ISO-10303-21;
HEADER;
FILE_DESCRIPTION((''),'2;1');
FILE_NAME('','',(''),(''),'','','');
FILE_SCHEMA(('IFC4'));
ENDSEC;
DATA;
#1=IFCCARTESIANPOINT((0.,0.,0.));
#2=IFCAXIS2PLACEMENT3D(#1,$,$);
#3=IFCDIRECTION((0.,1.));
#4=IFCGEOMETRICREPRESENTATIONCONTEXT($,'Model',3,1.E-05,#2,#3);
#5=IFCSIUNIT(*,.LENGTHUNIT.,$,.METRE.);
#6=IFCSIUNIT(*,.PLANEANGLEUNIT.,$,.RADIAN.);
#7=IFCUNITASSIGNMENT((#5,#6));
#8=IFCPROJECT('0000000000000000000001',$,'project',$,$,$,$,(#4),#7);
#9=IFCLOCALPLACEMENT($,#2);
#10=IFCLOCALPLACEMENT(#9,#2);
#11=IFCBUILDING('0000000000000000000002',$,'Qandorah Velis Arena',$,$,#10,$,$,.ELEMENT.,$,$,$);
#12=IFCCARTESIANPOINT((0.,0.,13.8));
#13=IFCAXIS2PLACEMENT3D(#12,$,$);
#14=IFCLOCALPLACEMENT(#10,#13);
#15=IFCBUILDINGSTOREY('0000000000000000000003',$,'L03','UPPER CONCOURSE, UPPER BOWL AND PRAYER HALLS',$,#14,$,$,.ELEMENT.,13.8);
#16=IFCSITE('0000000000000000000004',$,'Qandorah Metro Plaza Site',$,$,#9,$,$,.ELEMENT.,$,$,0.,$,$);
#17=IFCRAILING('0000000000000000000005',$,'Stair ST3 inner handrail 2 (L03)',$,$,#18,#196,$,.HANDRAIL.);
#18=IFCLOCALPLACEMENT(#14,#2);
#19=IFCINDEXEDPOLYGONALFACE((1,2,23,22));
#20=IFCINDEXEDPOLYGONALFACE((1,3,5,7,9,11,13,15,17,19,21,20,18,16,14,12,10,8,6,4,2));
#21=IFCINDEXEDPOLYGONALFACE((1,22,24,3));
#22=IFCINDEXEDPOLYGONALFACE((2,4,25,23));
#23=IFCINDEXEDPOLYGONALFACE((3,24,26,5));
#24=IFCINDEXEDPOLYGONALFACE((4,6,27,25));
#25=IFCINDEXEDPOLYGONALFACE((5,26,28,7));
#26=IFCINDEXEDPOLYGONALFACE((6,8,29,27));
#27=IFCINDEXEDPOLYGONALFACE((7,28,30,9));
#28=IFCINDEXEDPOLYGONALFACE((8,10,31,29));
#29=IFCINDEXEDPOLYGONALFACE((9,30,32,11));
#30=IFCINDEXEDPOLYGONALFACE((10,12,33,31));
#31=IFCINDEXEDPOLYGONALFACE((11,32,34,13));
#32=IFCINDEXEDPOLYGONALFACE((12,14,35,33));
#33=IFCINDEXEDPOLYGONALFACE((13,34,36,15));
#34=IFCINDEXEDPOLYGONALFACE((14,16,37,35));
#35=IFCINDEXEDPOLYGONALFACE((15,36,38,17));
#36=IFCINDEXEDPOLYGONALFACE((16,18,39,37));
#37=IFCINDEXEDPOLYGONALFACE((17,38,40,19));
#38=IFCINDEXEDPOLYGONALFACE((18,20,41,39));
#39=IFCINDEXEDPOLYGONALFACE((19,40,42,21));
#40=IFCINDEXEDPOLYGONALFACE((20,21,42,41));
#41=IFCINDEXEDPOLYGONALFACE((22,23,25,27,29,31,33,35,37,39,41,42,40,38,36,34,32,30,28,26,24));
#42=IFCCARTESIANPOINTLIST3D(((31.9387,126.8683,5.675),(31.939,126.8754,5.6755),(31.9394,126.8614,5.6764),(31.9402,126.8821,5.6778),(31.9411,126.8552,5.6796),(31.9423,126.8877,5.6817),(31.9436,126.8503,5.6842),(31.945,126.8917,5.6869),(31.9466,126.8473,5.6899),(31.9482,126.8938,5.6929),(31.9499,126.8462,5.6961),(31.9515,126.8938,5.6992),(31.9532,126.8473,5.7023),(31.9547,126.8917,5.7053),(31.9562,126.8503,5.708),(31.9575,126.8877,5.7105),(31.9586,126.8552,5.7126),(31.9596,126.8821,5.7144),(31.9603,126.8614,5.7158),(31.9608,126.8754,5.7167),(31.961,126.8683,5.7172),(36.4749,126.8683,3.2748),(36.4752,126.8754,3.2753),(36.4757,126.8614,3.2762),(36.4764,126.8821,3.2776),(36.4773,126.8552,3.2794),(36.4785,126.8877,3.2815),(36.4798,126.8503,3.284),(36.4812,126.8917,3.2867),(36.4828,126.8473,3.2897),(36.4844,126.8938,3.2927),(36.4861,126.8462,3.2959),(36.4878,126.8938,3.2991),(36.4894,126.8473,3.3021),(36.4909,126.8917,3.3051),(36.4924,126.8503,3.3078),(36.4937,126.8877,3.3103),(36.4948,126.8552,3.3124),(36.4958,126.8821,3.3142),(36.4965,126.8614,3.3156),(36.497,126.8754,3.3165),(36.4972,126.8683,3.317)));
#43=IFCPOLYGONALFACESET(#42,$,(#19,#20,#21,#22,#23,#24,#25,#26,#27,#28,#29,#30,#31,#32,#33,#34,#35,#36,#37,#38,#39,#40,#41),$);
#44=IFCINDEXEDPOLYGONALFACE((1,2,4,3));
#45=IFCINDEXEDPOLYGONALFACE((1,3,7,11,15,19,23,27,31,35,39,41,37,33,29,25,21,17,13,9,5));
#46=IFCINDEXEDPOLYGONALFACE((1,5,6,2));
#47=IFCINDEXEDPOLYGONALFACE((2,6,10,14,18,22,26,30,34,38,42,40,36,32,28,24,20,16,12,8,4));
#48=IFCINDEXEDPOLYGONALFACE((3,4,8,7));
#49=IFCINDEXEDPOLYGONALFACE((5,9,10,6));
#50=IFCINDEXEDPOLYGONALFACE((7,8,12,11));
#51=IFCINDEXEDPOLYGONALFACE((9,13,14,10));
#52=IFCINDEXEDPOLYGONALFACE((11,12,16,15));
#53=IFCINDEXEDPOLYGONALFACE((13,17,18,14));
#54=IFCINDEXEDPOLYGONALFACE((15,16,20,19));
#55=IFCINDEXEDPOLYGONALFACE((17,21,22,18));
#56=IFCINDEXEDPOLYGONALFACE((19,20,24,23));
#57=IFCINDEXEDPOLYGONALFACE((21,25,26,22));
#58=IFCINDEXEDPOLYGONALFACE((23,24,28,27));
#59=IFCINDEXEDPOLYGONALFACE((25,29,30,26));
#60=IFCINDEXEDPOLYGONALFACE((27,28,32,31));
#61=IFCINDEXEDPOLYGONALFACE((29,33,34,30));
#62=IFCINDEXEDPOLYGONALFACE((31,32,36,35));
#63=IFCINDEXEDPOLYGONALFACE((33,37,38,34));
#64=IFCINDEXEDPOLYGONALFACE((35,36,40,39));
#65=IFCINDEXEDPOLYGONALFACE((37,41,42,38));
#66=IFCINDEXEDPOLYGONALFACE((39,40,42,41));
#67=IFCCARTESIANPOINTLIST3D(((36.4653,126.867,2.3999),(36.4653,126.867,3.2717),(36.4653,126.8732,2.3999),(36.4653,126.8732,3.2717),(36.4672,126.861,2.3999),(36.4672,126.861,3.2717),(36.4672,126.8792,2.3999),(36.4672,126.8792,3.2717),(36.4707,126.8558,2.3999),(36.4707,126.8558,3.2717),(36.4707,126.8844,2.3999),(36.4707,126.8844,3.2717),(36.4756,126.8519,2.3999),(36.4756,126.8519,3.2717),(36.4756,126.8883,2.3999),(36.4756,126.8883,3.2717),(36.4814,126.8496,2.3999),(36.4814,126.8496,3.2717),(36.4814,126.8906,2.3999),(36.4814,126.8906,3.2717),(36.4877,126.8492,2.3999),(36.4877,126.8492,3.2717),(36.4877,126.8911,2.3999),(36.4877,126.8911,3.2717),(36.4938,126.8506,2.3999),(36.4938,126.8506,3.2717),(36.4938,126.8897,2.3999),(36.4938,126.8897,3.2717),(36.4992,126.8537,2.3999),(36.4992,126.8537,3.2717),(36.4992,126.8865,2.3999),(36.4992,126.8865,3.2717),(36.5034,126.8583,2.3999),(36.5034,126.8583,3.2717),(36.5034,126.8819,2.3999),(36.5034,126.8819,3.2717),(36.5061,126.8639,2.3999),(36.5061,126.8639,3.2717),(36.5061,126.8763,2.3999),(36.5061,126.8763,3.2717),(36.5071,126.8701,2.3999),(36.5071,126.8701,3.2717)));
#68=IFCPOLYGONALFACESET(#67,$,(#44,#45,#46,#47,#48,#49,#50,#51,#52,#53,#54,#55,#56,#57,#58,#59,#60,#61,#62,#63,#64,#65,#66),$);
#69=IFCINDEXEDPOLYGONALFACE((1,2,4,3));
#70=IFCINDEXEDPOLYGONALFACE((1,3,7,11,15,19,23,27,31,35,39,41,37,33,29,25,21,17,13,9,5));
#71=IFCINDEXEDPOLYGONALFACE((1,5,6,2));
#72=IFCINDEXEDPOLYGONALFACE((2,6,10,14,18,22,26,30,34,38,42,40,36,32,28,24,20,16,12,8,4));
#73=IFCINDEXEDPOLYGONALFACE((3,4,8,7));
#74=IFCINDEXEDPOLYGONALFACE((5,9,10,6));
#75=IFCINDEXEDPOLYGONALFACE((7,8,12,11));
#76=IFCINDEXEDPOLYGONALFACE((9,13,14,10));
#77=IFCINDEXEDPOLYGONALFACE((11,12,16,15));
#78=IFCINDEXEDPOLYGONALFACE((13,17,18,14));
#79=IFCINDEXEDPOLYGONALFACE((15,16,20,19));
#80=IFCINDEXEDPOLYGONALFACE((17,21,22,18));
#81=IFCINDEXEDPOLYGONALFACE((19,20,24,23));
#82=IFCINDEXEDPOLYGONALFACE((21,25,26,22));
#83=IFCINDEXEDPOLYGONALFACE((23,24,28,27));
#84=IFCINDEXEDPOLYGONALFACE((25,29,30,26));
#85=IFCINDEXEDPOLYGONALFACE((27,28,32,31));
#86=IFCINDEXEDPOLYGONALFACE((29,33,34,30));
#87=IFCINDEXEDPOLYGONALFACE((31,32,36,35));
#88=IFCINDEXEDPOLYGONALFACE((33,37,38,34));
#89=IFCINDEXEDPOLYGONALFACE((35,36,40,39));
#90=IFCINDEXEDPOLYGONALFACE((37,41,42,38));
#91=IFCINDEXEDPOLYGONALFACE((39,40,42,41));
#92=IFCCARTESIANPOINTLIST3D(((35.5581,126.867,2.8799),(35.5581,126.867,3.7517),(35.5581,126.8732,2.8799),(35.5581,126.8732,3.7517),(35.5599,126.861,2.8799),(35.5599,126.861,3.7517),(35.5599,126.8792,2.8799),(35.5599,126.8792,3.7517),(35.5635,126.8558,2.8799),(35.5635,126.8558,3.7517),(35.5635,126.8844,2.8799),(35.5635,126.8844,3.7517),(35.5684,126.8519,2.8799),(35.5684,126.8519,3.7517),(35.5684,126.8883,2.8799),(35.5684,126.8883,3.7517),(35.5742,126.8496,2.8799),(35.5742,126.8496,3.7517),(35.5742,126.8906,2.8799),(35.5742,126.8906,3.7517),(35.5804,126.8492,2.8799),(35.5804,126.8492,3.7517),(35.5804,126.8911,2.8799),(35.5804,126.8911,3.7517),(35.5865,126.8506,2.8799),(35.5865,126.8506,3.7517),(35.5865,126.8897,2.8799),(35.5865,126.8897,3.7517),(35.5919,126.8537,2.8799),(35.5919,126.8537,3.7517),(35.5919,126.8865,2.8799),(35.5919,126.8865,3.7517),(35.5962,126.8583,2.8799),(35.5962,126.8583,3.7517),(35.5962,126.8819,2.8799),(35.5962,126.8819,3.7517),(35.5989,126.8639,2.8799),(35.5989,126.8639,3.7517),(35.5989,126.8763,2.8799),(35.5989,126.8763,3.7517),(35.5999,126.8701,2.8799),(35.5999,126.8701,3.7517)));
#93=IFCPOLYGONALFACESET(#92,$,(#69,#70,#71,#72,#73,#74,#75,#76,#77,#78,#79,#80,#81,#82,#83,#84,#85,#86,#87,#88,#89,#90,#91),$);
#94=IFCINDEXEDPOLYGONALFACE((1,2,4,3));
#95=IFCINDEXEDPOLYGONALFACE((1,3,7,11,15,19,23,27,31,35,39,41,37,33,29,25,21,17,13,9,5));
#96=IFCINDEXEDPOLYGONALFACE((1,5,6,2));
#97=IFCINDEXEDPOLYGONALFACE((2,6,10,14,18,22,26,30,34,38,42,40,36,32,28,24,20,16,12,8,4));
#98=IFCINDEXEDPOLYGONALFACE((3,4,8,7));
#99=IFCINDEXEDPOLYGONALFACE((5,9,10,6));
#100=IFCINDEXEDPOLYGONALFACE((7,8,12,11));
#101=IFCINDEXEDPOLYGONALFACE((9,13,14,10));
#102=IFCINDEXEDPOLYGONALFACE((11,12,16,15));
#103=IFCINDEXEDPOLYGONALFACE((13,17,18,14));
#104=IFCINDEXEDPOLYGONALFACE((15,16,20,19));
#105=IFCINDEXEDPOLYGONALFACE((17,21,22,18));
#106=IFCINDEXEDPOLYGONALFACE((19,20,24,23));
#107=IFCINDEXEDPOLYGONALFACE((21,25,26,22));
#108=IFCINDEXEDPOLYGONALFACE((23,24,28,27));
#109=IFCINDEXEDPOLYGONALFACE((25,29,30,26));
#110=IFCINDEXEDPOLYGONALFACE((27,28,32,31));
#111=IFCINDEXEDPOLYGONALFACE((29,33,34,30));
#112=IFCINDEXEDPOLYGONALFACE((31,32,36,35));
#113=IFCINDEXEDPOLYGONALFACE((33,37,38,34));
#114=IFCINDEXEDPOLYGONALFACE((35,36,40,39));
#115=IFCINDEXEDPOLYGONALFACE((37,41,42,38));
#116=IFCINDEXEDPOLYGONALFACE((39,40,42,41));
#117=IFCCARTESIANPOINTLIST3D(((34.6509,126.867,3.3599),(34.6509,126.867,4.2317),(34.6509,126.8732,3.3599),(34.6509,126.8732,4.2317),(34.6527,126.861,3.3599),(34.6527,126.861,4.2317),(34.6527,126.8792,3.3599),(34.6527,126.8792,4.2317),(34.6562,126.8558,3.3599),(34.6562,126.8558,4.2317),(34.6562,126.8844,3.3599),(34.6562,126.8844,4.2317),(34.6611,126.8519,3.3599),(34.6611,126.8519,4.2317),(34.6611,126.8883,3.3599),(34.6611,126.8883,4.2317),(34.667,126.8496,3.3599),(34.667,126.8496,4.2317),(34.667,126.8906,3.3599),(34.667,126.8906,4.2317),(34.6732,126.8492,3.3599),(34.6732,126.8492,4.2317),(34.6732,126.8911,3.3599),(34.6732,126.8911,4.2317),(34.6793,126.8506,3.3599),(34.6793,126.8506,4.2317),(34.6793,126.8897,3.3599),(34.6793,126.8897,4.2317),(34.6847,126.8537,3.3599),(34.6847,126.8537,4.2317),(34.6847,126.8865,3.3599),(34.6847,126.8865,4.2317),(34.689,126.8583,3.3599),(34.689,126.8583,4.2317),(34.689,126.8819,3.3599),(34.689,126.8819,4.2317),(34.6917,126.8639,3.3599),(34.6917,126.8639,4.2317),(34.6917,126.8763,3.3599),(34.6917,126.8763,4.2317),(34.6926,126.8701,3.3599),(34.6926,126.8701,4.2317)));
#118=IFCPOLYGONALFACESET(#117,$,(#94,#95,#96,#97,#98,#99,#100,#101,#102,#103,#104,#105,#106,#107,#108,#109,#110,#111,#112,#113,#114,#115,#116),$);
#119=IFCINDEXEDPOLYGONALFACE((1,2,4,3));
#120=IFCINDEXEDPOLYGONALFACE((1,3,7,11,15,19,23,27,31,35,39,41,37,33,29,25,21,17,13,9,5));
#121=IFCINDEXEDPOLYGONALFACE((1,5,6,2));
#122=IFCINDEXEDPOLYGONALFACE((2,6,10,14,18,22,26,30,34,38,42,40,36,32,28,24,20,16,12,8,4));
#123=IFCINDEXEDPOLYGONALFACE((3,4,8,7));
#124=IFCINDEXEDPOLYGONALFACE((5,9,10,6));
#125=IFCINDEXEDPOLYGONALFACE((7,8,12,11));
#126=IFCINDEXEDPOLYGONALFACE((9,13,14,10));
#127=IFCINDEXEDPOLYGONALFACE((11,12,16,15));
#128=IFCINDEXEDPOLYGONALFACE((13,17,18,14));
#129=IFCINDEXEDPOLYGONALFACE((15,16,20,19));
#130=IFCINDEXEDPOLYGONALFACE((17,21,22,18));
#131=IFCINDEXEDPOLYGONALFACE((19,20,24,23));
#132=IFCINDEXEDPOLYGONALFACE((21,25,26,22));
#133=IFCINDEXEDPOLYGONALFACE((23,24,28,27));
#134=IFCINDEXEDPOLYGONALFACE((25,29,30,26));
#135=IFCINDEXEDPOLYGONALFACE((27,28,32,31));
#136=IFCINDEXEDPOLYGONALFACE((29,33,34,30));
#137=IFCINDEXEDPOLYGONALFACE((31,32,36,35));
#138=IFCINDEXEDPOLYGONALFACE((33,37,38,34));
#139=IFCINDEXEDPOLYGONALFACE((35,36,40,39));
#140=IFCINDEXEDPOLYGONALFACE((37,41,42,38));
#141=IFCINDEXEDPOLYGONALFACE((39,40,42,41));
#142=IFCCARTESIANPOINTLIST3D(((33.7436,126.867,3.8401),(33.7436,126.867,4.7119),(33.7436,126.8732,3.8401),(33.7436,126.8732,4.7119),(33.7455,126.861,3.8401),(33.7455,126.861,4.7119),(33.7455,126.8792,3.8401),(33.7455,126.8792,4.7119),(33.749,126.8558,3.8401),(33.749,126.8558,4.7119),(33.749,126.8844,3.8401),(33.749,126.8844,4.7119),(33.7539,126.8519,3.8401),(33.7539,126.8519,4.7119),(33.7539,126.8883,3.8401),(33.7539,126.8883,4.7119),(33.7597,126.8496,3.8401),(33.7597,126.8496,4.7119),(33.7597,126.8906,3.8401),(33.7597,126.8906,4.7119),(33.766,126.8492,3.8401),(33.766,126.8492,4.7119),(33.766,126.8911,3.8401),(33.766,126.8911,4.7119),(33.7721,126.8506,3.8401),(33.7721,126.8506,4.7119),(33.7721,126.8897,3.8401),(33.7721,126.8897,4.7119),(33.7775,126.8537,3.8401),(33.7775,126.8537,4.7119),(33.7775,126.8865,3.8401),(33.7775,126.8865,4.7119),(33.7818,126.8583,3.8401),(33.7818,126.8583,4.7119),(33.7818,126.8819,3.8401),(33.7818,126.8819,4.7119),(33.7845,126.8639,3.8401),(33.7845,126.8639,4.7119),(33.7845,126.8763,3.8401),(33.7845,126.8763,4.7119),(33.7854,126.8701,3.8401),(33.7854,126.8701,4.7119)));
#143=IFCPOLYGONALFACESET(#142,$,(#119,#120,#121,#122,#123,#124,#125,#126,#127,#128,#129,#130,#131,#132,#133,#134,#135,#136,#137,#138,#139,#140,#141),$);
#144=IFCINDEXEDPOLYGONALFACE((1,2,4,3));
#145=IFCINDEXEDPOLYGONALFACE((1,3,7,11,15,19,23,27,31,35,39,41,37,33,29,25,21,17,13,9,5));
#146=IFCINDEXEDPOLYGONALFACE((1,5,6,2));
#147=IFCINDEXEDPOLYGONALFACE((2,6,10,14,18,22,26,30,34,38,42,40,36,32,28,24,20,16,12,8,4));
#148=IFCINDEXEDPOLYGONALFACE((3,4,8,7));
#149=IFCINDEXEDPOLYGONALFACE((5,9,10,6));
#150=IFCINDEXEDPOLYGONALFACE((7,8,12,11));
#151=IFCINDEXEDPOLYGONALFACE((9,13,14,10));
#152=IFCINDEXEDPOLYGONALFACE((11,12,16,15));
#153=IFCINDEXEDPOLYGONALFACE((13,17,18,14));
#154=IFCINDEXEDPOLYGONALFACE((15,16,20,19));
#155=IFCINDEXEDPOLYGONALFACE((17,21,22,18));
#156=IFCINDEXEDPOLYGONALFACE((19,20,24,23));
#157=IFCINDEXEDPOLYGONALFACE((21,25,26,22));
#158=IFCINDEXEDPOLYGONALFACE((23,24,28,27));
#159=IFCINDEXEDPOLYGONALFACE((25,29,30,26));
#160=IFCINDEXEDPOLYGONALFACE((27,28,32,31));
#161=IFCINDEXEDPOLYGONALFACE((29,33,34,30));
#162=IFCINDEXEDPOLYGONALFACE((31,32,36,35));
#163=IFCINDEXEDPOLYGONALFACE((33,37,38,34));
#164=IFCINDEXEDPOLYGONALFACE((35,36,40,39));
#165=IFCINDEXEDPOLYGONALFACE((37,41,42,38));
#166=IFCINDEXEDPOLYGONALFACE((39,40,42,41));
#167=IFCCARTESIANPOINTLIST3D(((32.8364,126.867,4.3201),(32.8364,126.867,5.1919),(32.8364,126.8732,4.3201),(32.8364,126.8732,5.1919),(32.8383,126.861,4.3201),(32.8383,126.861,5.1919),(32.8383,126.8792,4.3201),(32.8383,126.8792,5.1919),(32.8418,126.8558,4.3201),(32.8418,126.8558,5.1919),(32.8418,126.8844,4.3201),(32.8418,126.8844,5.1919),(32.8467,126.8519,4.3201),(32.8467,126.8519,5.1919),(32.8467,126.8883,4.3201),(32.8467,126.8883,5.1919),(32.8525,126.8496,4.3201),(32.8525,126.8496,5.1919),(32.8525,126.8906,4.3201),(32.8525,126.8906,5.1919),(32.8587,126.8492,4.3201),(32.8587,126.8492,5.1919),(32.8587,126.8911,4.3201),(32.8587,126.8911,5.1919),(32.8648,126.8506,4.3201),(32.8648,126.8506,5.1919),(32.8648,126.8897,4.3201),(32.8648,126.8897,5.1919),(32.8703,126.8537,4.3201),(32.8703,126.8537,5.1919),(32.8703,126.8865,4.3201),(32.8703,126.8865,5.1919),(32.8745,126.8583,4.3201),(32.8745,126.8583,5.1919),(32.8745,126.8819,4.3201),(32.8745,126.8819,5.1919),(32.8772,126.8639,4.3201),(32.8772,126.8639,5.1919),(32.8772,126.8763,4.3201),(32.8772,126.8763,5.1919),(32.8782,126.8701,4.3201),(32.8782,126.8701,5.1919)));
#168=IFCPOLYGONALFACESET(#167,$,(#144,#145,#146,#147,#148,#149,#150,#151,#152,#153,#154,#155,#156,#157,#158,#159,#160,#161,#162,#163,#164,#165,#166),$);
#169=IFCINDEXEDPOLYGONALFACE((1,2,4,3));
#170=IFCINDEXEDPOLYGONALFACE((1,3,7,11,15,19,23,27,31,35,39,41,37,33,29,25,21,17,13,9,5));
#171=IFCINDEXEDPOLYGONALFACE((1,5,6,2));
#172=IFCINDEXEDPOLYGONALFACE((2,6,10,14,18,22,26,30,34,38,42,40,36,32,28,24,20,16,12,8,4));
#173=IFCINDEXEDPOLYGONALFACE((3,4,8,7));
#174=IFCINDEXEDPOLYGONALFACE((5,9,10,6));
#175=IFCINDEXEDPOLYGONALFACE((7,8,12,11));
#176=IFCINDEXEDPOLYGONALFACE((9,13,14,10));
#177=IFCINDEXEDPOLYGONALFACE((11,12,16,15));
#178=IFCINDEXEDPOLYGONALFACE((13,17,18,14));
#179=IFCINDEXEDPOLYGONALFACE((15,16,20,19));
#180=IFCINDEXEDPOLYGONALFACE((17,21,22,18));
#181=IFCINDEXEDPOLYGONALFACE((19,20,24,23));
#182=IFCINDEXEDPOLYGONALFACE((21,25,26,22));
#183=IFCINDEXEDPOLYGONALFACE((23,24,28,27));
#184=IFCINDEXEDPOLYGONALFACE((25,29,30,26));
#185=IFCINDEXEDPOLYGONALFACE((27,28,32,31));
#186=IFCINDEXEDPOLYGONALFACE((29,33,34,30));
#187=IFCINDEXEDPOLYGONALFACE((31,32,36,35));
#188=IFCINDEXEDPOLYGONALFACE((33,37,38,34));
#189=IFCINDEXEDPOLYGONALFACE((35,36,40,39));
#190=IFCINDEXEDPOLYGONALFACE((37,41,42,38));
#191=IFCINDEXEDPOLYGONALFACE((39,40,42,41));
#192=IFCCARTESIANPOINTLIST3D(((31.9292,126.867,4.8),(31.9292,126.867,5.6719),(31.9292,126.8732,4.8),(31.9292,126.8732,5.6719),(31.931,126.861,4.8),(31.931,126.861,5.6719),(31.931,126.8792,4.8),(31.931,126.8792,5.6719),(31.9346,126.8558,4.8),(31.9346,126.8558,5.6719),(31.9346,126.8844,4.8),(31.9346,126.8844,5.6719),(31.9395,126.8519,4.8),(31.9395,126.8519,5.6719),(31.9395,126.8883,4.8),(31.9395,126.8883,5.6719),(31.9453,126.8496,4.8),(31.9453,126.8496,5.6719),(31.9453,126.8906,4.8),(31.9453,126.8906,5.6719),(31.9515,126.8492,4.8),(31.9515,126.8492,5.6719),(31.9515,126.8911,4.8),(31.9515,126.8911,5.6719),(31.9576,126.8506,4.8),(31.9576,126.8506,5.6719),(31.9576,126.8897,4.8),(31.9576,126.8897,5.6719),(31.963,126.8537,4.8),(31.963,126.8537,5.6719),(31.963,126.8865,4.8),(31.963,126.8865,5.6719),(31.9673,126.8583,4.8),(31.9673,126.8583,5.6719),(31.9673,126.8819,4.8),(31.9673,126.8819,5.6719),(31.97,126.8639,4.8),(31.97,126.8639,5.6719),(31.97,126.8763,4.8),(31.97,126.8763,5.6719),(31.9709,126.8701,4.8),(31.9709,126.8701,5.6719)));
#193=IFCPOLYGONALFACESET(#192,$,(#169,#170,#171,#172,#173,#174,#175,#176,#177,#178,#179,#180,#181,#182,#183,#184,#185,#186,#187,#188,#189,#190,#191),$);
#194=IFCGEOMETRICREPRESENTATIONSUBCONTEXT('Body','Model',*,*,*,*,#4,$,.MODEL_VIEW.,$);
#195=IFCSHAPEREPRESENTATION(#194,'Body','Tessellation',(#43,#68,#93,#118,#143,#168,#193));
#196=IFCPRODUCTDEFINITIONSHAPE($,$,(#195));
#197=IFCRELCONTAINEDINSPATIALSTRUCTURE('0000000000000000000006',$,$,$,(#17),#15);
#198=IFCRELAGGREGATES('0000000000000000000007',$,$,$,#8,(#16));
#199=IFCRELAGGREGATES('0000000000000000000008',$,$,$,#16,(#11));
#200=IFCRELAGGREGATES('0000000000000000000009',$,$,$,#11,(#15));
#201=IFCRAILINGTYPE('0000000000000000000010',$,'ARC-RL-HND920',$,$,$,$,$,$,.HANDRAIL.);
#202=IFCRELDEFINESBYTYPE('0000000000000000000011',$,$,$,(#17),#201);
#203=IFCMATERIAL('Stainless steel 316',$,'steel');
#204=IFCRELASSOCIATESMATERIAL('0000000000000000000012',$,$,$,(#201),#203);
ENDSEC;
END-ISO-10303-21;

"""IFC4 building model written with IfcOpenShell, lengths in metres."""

from ifc_helpers import new_model, si_unit, direction, frame, origin, origin_2d, place, context, subcontext, project, spatial, circle, extrude, material, type_object, element, save


model = new_model("IFC4")

# Units and contexts
model_context = context("Model", 3, precision=1e-05, world=origin(), true_north=direction((0.0, 1.0)))
body_context = subcontext(model_context, "Body", "Model", "MODEL_VIEW")
ifc_project = project(units=[si_unit("LENGTHUNIT", "METRE"), si_unit("PLANEANGLEUNIT", "RADIAN")], contexts=[model_context])

# Site, building, storey
site_placement = place(None, origin())
site = spatial("IfcSite", under=ifc_project, at=site_placement, Name="Qandorah Metro Plaza Site", CompositionType="ELEMENT", RefElevation=0.0)
building_placement = place(site_placement, origin())
building = spatial("IfcBuilding", under=site, at=building_placement, Name="Qandorah Velis Arena", CompositionType="ELEMENT")
storey_placement = place(building_placement, frame((0.0, 0.0, 13.8)))
storey = spatial("IfcBuildingStorey", under=building, at=storey_placement, Name="L03", Description="UPPER CONCOURSE, UPPER BOWL AND PRAYER HALLS", CompositionType="ELEMENT", Elevation=13.8)

# Railing
ifc_material_1 = material(Name="Stainless steel 316", Category="steel")
railing_type_1 = type_object("IfcRailingType", Name="ARC-RL-HND920", PredefinedType="HANDRAIL", material=ifc_material_1)
railing_1_placement = place(storey_placement, frame((36.4861, 126.8701, 2.3999)))
element("IfcRailing", 1, at=railing_1_placement, inside=storey, type_object=railing_type_1, Name="Stair ST3 inner handrail 2 (L03)", PredefinedType="HANDRAIL", context=body_context, shape_type="SweptSolid", body=[
    extrude(circle(Radius=0.0239, at=origin_2d()), frame((0.0, 0.0, 0.896), z_axis=(-0.883896, 0.0, 0.467684), x_axis=(0.0, -1.0, 0.0)), (0.0, 0.0, 1.0), 5.1321),
    extrude(circle(Radius=0.021, at=origin_2d()), origin(), (0.0, 0.0, 1.0), 0.8718),
    extrude(circle(Radius=0.021, at=origin_2d()), frame((-0.9072, 0.0, 0.48)), (0.0, 0.0, 1.0), 0.8718),
    extrude(circle(Radius=0.021, at=origin_2d()), frame((-1.8145, 0.0, 0.96)), (0.0, 0.0, 1.0), 0.8718),
    extrude(circle(Radius=0.021, at=origin_2d()), frame((-2.7217, 0.0, 1.4402)), (0.0, 0.0, 1.0), 0.8718),
    extrude(circle(Radius=0.021, at=origin_2d()), frame((-3.6289, 0.0, 1.9202)), (0.0, 0.0, 1.0), 0.8718),
    extrude(circle(Radius=0.021, at=origin_2d()), frame((-4.5361, 0.0, 2.4001)), (0.0, 0.0, 1.0), 0.8718),
])

save(model, "model.ifc")
